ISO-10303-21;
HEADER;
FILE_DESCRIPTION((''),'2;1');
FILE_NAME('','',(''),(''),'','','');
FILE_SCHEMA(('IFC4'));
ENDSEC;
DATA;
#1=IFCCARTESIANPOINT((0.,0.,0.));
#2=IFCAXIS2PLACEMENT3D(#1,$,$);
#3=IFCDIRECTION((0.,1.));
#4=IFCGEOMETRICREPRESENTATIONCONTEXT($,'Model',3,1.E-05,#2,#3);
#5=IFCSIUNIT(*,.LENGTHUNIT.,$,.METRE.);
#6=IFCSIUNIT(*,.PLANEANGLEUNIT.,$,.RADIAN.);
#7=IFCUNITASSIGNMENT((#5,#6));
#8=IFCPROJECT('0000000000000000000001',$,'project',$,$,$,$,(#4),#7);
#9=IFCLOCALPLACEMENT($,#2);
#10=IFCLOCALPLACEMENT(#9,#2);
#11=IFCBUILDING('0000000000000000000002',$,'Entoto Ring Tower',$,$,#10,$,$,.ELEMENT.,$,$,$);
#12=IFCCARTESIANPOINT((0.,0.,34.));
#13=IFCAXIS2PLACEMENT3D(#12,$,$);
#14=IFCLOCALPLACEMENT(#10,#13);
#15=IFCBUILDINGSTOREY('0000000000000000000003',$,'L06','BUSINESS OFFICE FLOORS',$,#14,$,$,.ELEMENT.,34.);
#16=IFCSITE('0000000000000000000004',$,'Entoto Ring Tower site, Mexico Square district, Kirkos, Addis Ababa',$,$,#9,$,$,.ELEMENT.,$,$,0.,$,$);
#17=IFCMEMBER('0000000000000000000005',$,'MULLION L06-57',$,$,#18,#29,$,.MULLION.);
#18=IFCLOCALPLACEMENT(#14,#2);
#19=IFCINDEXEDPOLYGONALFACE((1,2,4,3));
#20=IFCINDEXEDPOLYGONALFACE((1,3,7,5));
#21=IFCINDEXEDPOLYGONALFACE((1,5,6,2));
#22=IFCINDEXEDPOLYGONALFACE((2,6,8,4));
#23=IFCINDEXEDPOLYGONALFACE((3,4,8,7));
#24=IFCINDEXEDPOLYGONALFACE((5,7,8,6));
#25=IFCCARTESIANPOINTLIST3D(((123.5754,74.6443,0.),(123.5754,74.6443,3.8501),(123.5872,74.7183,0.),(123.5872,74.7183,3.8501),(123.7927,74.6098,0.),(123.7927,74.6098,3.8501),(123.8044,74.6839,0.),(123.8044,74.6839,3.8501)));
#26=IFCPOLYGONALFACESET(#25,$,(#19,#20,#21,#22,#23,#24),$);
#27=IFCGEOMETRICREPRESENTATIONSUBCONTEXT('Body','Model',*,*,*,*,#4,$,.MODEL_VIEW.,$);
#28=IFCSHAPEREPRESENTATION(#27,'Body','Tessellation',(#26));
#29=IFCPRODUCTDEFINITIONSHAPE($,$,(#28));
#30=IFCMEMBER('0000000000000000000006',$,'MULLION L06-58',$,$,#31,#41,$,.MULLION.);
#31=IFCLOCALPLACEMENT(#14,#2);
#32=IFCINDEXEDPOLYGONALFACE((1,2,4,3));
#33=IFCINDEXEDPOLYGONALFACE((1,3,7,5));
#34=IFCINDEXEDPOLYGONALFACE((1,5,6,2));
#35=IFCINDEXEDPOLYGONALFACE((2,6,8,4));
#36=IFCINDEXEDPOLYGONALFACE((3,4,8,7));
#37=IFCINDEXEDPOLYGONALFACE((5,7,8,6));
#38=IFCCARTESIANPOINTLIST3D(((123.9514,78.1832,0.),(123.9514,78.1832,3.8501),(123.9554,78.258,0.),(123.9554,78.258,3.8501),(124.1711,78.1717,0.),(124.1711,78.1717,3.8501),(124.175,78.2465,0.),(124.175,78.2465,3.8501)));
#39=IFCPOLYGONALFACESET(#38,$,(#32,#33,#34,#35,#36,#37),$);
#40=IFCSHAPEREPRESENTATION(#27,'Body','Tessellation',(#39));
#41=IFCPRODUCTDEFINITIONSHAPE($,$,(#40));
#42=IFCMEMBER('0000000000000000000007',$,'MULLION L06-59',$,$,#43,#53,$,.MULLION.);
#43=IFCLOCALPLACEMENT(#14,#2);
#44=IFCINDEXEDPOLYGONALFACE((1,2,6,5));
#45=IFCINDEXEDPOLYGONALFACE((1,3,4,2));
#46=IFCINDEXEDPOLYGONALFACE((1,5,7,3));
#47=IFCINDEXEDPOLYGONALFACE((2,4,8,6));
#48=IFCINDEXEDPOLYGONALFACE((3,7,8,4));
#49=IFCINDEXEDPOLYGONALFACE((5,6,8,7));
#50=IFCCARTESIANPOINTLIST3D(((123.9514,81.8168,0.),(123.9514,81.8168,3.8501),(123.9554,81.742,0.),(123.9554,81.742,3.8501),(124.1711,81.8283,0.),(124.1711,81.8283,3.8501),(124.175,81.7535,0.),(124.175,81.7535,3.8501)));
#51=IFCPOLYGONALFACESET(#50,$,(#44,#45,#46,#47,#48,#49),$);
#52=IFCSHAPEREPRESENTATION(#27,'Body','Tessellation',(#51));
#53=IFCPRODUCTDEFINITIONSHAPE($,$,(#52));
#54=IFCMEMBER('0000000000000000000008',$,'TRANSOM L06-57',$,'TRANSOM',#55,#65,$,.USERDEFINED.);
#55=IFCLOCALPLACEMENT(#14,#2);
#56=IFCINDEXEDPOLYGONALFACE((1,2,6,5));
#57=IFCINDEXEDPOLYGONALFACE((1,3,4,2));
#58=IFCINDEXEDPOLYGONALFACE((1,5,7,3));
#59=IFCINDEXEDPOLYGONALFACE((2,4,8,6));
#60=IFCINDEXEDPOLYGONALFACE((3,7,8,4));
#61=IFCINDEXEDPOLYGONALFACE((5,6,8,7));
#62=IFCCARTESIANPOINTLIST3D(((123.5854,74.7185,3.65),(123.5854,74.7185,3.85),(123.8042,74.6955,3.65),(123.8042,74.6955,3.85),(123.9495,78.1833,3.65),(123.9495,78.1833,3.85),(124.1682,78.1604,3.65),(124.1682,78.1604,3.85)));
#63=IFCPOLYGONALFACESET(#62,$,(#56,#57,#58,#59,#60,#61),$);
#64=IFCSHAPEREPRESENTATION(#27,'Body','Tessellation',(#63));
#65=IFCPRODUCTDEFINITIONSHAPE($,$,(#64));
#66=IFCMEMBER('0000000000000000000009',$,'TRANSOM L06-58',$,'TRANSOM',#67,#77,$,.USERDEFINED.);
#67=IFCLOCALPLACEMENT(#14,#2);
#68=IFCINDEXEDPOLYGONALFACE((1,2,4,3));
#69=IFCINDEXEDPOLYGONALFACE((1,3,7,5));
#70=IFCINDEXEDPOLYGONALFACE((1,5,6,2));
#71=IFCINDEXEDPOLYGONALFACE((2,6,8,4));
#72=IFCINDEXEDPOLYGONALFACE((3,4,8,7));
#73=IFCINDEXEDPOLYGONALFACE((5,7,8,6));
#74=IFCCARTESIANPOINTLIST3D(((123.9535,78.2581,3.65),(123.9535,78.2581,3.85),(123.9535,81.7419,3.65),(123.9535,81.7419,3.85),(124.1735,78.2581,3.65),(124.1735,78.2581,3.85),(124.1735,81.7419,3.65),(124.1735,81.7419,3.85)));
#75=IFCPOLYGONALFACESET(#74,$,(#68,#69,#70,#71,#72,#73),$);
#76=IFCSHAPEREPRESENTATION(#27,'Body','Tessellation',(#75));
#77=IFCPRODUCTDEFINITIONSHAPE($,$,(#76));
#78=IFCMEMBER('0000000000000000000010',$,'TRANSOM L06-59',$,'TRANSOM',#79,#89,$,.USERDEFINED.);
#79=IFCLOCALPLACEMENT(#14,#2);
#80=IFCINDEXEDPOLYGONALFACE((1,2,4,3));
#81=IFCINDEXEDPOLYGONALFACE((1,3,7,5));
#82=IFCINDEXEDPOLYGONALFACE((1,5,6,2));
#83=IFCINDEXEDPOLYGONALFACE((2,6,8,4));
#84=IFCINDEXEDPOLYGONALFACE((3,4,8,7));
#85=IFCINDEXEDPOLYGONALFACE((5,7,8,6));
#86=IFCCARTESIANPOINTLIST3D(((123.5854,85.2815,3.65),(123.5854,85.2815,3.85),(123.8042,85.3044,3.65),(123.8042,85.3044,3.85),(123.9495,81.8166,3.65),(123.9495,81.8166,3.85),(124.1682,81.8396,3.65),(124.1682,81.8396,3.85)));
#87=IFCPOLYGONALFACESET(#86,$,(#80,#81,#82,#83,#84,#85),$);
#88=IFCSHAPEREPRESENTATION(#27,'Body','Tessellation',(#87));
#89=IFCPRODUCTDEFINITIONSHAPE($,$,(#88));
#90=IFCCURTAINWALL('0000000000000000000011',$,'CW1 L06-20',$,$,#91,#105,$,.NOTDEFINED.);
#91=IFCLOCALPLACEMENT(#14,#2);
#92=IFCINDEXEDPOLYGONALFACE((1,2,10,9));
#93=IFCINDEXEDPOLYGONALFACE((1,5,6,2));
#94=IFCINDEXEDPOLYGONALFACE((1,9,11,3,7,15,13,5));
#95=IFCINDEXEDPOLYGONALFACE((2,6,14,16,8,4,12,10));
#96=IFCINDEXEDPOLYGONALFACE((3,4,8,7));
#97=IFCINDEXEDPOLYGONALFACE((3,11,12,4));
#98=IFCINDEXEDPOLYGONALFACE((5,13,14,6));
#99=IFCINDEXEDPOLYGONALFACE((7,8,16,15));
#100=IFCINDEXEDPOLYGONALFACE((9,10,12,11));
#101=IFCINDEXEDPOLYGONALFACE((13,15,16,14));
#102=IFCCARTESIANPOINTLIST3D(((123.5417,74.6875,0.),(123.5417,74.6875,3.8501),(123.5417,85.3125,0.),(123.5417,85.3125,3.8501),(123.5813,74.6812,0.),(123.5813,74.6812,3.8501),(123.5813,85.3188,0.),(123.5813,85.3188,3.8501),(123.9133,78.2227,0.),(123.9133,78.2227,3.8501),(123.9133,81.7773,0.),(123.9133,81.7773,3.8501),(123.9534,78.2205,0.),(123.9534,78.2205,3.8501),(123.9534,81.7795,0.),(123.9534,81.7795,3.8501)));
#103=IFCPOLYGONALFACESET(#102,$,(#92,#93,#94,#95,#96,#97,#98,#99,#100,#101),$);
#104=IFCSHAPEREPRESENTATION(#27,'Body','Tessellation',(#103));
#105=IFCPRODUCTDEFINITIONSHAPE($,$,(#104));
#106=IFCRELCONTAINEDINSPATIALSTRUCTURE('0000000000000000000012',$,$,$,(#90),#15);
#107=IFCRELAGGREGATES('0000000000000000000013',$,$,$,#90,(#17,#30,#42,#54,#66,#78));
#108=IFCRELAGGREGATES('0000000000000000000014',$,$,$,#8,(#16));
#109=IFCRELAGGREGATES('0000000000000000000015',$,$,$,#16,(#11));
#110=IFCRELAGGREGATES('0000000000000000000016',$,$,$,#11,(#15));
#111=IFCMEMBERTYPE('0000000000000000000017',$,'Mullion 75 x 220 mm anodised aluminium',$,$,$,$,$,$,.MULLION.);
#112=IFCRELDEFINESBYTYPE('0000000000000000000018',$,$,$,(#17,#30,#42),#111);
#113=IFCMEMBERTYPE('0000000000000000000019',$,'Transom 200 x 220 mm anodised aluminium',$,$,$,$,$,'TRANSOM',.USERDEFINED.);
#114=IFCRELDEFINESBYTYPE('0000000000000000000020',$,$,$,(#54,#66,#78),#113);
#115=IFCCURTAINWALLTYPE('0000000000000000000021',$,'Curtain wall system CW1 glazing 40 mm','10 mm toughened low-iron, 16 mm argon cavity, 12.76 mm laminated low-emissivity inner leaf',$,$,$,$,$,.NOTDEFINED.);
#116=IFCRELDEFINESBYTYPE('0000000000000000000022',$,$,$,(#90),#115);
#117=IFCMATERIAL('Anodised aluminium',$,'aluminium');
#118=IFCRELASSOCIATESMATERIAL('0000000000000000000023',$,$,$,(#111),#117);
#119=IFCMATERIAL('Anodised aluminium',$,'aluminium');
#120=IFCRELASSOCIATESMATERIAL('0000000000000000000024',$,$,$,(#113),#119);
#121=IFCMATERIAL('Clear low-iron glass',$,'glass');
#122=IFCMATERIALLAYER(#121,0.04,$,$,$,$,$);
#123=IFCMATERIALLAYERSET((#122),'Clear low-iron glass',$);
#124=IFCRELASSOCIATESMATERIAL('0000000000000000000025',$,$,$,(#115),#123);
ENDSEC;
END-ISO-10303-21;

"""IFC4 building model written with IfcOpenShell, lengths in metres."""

from ifc_helpers import new_model, si_unit, direction, frame, origin, origin_2d, place, context, subcontext, project, spatial, polyline, rectangle, outline, extrude, material, layer, layer_set, material_profile, profile_set, type_object, element, aggregate, save


model = new_model("IFC4")

# Units and contexts
model_context = context("Model", 3, precision=1e-05, world=origin(), true_north=direction((0.0, 1.0)))
body_context = subcontext(model_context, "Body", "Model", "MODEL_VIEW")
ifc_project = project(units=[si_unit("LENGTHUNIT", "METRE"), si_unit("PLANEANGLEUNIT", "RADIAN")], contexts=[model_context])

# Members
ifc_material_1 = material(Name="Anodised aluminium", Category="aluminium")
ifc_material_profile_1 = material_profile(ifc_material_1, rectangle(XDim=0.075, YDim=0.22, at=origin_2d()), Name="Mullion 75 x 220 mm anodised aluminium")
ifc_profile_set_1 = profile_set([ifc_material_profile_1], Name="Anodised aluminium")
member_type_1 = type_object("IfcMemberType", Name="Mullion 75 x 220 mm anodised aluminium", PredefinedType="MULLION", material=ifc_profile_set_1)
site_placement = place(None, origin())
building_placement = place(site_placement, origin())
storey_placement = place(building_placement, frame((0.0, 0.0, 34.0)))
member_1_placement = place(storey_placement, frame((123.6899, 74.6641, 0.0), z_axis=(0.0, 0.0, 1.0), x_axis=(0.156434, 0.987688, 0.0)))
member_1 = element("IfcMember", 1, at=member_1_placement, type_object=member_type_1, Name="MULLION L06-57", PredefinedType="MULLION", context=body_context, shape_type="SweptSolid", body=[
    extrude(rectangle(XDim=0.075, YDim=0.22, at=origin_2d()), origin(), (0.0, 0.0, 1.0), 3.8501),
])
member_2_placement = place(storey_placement, frame((124.0632, 78.2148, 0.0), z_axis=(0.0, 0.0, 1.0), x_axis=(0.052336, 0.99863, 0.0)))
member_2 = element("IfcMember", 2, at=member_2_placement, type_object=member_type_1, Name="MULLION L06-58", PredefinedType="MULLION", context=body_context, shape_type="SweptSolid", body=[
    extrude(rectangle(XDim=0.075, YDim=0.22, at=origin_2d()), origin(), (0.0, 0.0, 1.0), 3.8501),
])
member_3_placement = place(storey_placement, frame((124.0632, 81.7852, 0.0), z_axis=(0.0, 0.0, 1.0), x_axis=(-0.052336, 0.99863, 0.0)))
member_3 = element("IfcMember", 3, at=member_3_placement, type_object=member_type_1, Name="MULLION L06-59", PredefinedType="MULLION", context=body_context, shape_type="SweptSolid", body=[
    extrude(rectangle(XDim=0.075, YDim=0.22, at=origin_2d()), origin(), (0.0, 0.0, 1.0), 3.8501),
])
ifc_material_2 = material(Name="Anodised aluminium", Category="aluminium")
ifc_material_profile_2 = material_profile(ifc_material_2, rectangle(XDim=0.22, YDim=0.2, at=origin_2d()), Name="Transom 200 x 220 mm anodised aluminium")
ifc_profile_set_2 = profile_set([ifc_material_profile_2], Name="Anodised aluminium")
member_type_2 = type_object("IfcMemberType", Name="Transom 200 x 220 mm anodised aluminium", ElementType="TRANSOM", PredefinedType="USERDEFINED", material=ifc_profile_set_2)
member_4_placement = place(storey_placement, frame((123.6948, 74.707, 3.75), z_axis=(0.104484, 0.994527, 0.0), x_axis=(-0.994527, 0.104484, 0.0)))
member_4 = element("IfcMember", 4, at=member_4_placement, type_object=member_type_2, Name="TRANSOM L06-57", ObjectType="TRANSOM", PredefinedType="USERDEFINED", context=body_context, shape_type="SweptSolid", body=[
    extrude(rectangle(XDim=0.22, YDim=0.2, at=origin_2d()), origin(), (0.0, 0.0, 1.0), 3.4839),
])
member_5_placement = place(storey_placement, frame((124.0635, 78.2581, 3.75), z_axis=(0.0, 1.0, 0.0), x_axis=(-1.0, 0.0, 0.0)))
member_5 = element("IfcMember", 5, at=member_5_placement, type_object=member_type_2, Name="TRANSOM L06-58", ObjectType="TRANSOM", PredefinedType="USERDEFINED", context=body_context, shape_type="SweptSolid", body=[
    extrude(rectangle(XDim=0.22, YDim=0.2, at=origin_2d()), origin(), (0.0, 0.0, 1.0), 3.4839),
])
member_6_placement = place(storey_placement, frame((124.0588, 81.8281, 3.75), z_axis=(-0.104484, 0.994527, 0.0), x_axis=(-0.994527, -0.104484, 0.0)))
member_6 = element("IfcMember", 6, at=member_6_placement, type_object=member_type_2, Name="TRANSOM L06-59", ObjectType="TRANSOM", PredefinedType="USERDEFINED", context=body_context, shape_type="SweptSolid", body=[
    extrude(rectangle(XDim=0.22, YDim=0.2, at=origin_2d()), origin(), (0.0, 0.0, 1.0), 3.4839),
])

# Site, building, storey
site = spatial("IfcSite", under=ifc_project, at=site_placement, Name="Entoto Ring Tower site, Mexico Square district, Kirkos, Addis Ababa", CompositionType="ELEMENT", RefElevation=0.0)
building = spatial("IfcBuilding", under=site, at=building_placement, Name="Entoto Ring Tower", CompositionType="ELEMENT")
storey = spatial("IfcBuildingStorey", under=building, at=storey_placement, Name="L06", Description="BUSINESS OFFICE FLOORS", CompositionType="ELEMENT", Elevation=34.0)

# Curtain wall
ifc_material_3 = material(Name="Clear low-iron glass", Category="glass")
ifc_layer = layer(ifc_material_3, 0.04)
ifc_layer_set = layer_set([ifc_layer], Name="Clear low-iron glass")
curtain_wall_type = type_object("IfcCurtainWallType", Name="Curtain wall system CW1 glazing 40 mm", Description="10 mm toughened low-iron, 16 mm argon cavity, 12.76 mm laminated low-emissivity inner leaf", PredefinedType="NOTDEFINED", material=ifc_layer_set)
curtain_wall_1_placement = place(storey_placement, origin())
curtain_wall_1 = element("IfcCurtainWall", 7, at=curtain_wall_1_placement, inside=storey, type_object=curtain_wall_type, Name="CW1 L06-20", PredefinedType="NOTDEFINED", context=body_context, shape_type="SweptSolid", body=[
    extrude(outline(polyline([(123.5813, 74.6812), (123.9534, 78.2205), (123.9534, 81.7795), (123.5813, 85.3188), (123.5417, 85.3125), (123.9133, 81.7773), (123.9133, 78.2227), (123.5417, 74.6875), (123.5813, 74.6812)])), origin(), (0.0, 0.0, 1.0), 3.8501),
])
aggregate(curtain_wall_1, [member_1, member_2, member_3, member_4, member_5, member_6])

save(model, "model.ifc")
